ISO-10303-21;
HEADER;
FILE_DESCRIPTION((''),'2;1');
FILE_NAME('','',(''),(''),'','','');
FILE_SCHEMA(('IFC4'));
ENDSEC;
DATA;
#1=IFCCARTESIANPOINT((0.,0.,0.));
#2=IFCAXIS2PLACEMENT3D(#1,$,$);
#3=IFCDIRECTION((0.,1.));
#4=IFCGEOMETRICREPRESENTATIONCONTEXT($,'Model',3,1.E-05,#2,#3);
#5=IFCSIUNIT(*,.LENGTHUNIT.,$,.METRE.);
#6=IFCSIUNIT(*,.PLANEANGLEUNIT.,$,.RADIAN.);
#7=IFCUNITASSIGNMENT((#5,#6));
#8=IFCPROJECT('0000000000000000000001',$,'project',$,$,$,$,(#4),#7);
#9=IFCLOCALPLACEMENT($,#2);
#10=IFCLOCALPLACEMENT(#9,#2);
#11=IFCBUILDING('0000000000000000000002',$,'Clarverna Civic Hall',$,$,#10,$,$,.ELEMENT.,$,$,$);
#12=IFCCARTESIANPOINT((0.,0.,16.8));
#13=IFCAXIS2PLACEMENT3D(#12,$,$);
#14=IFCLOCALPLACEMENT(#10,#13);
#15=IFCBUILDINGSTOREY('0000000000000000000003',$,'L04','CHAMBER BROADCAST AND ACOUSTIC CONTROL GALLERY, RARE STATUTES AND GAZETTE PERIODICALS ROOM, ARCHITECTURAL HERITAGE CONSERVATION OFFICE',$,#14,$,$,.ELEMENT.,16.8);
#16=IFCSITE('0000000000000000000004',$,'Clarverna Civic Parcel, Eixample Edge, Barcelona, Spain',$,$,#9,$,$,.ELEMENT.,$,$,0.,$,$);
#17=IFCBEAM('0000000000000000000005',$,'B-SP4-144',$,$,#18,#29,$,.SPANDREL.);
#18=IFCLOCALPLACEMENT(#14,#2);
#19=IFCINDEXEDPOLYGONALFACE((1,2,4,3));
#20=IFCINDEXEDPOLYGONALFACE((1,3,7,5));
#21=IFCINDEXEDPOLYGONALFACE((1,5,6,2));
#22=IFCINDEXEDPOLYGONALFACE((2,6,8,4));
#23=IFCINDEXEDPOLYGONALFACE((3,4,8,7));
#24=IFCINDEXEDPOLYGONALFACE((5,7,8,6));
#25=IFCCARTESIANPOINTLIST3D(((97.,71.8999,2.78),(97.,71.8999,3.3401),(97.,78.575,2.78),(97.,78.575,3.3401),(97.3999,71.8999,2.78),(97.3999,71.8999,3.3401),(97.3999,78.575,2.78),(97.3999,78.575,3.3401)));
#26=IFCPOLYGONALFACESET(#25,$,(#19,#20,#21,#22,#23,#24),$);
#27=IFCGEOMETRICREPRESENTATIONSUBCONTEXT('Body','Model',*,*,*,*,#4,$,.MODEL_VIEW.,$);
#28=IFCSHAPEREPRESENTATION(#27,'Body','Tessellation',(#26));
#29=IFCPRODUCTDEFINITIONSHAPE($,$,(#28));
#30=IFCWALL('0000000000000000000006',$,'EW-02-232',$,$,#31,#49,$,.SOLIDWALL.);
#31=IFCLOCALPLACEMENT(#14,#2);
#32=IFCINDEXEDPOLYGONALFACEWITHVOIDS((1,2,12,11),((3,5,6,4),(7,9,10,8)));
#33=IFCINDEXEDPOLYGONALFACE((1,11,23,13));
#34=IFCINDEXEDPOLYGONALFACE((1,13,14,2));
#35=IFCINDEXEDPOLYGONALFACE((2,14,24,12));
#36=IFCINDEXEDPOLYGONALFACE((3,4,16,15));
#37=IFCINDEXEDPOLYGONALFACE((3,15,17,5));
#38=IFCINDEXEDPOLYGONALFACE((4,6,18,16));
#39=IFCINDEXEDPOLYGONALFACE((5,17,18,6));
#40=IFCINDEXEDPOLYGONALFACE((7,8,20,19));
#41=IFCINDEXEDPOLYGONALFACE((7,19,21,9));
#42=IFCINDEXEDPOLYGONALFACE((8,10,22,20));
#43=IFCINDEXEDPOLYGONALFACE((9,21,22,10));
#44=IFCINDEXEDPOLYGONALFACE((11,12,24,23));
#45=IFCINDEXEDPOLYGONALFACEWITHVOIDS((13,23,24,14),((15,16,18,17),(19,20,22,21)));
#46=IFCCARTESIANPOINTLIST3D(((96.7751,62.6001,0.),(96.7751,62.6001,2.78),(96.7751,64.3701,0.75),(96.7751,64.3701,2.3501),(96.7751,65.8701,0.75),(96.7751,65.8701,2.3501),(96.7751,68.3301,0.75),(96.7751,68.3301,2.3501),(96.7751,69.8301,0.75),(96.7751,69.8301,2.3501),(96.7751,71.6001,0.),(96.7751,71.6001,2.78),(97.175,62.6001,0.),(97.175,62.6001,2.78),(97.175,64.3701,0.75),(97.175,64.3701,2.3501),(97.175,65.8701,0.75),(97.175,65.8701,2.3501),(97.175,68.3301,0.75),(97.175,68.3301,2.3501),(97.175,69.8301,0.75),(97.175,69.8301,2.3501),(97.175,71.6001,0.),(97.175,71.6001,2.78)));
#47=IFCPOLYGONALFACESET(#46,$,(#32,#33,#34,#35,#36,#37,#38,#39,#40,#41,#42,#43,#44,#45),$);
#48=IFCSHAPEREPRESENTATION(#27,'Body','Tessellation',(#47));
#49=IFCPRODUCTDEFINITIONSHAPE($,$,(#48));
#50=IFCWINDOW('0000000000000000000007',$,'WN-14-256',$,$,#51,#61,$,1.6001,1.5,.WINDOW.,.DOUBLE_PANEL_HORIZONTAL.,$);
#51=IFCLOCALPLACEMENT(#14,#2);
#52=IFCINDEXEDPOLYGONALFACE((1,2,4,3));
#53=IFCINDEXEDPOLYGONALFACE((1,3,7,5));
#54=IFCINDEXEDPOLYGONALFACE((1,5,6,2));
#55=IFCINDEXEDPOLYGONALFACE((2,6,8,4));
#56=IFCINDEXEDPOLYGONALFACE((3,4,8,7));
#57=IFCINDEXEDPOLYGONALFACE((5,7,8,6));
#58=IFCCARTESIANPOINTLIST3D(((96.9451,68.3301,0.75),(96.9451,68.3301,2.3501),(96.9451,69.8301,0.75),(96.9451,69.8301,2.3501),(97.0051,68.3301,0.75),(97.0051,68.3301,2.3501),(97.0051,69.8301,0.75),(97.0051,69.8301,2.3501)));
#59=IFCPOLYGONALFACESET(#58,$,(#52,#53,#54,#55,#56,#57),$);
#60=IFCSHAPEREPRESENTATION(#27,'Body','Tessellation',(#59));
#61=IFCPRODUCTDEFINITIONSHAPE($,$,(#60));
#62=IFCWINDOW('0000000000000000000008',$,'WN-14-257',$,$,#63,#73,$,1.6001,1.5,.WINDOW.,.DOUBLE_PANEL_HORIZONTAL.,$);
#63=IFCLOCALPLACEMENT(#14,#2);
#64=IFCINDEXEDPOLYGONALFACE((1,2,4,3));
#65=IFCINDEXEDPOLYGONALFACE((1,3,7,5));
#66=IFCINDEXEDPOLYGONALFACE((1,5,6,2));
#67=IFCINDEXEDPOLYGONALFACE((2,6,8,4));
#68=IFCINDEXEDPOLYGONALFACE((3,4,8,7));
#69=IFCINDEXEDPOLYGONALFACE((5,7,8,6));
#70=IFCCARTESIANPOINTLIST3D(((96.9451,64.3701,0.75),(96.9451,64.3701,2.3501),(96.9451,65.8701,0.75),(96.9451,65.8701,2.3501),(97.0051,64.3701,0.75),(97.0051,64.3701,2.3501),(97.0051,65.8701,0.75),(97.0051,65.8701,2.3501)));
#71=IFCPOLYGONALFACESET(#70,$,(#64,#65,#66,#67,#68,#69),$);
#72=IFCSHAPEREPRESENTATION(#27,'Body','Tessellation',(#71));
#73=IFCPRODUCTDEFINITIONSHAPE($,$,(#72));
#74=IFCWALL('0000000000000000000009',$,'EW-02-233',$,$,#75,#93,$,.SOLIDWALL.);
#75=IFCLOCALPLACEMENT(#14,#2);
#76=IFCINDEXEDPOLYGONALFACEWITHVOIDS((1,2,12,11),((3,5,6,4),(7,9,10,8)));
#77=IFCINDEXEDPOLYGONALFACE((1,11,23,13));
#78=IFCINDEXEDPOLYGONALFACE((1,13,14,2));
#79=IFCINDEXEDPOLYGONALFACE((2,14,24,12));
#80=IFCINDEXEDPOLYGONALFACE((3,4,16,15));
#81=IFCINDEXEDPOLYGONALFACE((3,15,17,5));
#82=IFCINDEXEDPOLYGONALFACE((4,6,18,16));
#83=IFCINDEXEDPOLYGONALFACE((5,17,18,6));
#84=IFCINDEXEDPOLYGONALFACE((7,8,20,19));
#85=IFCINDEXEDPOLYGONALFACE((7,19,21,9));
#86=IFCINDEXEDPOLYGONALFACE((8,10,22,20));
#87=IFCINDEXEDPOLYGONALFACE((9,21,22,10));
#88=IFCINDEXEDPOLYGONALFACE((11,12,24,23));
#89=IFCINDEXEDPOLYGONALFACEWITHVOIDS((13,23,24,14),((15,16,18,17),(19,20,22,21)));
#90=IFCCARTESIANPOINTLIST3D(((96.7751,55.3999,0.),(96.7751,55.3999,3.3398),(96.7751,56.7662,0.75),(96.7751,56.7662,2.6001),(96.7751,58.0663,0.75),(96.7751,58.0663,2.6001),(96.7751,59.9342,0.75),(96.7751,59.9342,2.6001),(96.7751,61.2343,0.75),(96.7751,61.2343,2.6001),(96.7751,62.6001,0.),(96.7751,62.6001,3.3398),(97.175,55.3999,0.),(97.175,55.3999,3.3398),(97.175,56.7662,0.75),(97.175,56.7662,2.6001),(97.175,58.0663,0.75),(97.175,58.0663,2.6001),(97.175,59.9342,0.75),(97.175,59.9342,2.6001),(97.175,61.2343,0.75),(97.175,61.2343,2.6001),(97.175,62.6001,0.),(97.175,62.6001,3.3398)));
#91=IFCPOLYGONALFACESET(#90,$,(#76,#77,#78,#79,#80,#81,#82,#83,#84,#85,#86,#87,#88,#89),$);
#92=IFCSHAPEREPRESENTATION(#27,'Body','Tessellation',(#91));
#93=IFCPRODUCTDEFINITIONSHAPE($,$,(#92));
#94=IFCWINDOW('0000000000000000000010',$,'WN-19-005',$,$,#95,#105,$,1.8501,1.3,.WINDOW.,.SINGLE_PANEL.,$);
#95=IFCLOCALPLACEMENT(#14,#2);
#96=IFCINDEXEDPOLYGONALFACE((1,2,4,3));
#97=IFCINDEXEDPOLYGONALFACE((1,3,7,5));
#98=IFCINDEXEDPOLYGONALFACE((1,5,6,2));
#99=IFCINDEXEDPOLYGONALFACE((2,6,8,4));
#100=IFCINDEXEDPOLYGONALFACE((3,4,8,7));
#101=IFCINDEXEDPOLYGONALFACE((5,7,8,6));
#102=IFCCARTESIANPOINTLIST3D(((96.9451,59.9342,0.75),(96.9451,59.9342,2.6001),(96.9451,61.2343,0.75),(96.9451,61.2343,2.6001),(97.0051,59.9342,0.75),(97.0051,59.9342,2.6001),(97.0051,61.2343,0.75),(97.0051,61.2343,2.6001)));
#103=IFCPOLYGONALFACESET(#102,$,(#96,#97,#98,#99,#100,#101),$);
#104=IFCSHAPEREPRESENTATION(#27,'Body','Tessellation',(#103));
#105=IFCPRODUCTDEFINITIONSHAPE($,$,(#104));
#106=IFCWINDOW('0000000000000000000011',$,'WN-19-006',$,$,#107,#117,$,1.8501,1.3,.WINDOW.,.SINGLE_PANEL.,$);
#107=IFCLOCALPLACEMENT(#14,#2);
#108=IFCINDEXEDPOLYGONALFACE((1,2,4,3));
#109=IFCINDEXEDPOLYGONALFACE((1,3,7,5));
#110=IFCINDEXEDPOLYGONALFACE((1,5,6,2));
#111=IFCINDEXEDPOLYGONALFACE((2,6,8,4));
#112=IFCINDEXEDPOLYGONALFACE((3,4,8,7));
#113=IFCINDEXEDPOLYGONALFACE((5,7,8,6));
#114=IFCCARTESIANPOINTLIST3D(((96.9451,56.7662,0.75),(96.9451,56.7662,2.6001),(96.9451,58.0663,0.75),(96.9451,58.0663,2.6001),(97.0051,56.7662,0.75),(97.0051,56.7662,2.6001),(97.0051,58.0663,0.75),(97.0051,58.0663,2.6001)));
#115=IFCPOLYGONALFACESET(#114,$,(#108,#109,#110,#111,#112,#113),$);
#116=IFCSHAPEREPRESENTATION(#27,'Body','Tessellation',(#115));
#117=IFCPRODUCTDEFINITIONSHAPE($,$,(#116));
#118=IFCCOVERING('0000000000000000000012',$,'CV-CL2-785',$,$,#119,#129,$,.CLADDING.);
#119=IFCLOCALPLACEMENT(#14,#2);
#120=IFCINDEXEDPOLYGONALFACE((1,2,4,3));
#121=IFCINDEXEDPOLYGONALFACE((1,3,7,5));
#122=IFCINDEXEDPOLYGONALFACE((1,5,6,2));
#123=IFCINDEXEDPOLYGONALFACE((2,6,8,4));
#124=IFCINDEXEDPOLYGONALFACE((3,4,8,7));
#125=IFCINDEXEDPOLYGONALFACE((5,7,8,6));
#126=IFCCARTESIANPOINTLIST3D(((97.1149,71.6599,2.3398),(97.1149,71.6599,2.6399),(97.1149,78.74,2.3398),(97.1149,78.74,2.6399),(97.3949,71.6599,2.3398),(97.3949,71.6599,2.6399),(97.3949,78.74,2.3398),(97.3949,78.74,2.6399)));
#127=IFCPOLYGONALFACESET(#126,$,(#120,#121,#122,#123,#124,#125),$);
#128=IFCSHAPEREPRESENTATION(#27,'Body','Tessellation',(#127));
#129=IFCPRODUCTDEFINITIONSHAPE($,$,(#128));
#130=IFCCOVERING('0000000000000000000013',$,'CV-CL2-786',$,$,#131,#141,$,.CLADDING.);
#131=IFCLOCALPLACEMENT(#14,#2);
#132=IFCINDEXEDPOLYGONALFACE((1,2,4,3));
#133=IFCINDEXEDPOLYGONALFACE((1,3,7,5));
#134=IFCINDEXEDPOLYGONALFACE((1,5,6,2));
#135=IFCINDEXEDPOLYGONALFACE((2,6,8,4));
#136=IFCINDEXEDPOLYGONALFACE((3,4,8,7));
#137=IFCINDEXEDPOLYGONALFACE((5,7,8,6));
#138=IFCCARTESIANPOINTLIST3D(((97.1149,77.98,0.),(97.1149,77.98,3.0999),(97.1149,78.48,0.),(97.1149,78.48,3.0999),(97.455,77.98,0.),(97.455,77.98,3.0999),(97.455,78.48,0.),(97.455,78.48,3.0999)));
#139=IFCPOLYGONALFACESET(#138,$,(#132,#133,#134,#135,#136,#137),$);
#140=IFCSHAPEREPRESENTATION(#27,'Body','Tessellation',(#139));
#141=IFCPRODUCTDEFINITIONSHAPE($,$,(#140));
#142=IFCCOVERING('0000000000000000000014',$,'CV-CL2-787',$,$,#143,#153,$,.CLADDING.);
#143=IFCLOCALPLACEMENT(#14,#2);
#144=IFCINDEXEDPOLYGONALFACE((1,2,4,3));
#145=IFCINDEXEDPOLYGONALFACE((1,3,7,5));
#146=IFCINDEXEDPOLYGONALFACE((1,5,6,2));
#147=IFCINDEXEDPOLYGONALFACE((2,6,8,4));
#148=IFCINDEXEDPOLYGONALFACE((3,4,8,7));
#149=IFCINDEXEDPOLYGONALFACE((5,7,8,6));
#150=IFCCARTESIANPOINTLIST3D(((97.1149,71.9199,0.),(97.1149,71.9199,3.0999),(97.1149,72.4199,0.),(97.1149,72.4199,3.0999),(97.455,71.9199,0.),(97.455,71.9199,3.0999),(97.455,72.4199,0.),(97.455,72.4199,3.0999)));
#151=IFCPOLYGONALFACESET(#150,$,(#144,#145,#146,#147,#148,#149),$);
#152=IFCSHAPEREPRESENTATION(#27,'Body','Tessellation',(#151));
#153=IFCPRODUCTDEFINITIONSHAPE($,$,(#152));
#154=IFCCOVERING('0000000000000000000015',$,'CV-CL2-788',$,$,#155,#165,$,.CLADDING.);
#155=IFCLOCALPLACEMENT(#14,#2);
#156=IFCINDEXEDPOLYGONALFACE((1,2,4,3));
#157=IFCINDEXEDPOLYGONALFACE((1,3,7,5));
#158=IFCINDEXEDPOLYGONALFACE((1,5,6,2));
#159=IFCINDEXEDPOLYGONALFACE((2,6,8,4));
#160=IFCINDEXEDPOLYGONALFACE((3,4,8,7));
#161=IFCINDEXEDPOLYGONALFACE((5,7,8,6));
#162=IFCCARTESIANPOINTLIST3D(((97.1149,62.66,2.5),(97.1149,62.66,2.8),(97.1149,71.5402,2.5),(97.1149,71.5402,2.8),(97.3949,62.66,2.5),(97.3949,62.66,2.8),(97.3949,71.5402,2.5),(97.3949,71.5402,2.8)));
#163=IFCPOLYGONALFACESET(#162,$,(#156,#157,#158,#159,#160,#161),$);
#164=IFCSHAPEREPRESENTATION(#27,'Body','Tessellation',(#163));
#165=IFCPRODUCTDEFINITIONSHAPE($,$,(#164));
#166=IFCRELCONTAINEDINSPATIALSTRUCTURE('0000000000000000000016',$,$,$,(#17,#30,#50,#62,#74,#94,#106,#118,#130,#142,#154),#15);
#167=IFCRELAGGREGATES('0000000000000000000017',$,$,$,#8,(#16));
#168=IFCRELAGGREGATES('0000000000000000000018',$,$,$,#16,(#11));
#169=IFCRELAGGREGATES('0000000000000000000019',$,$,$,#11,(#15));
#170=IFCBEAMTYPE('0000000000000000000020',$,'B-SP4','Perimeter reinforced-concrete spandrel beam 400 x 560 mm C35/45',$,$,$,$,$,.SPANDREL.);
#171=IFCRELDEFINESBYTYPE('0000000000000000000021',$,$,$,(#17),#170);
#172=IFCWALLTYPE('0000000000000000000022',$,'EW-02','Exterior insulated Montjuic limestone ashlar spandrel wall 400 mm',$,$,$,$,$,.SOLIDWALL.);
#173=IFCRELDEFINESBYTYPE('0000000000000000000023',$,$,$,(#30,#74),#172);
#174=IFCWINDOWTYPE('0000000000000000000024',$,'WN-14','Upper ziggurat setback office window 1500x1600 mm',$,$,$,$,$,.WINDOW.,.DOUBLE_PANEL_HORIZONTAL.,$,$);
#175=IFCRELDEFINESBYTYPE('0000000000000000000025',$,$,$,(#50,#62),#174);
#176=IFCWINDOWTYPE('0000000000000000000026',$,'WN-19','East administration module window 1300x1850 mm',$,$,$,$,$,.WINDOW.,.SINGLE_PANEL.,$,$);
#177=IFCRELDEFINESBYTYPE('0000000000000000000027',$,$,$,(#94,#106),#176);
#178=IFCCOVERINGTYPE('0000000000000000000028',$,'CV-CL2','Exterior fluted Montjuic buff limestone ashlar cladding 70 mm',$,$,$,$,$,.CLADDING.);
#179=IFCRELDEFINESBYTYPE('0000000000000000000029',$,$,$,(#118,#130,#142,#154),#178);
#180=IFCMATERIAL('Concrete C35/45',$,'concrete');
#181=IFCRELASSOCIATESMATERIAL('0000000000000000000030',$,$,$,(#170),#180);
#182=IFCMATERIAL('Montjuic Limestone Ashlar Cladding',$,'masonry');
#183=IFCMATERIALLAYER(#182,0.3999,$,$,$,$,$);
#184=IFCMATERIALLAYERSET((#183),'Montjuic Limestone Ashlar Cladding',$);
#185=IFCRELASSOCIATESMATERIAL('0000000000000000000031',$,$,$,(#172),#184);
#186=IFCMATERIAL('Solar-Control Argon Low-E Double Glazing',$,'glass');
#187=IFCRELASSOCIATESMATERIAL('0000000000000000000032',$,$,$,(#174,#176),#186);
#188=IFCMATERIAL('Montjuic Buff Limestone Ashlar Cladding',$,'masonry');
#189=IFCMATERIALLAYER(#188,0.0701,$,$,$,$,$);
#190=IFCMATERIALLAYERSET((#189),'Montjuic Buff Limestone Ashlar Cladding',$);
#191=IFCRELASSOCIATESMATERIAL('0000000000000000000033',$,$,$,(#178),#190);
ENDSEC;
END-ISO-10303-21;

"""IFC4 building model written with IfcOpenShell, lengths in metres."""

from ifc_helpers import new_model, si_unit, direction, frame, frame_2d, origin, origin_2d, place, context, subcontext, project, spatial, rectangle, extrude, material, layer, layer_set, material_profile, profile_set, type_object, element, fill, save


model = new_model("IFC4")

# Units and contexts
model_context = context("Model", 3, precision=1e-05, world=origin(), true_north=direction((0.0, 1.0)))
body_context = subcontext(model_context, "Body", "Model", "MODEL_VIEW")
ifc_project = project(units=[si_unit("LENGTHUNIT", "METRE"), si_unit("PLANEANGLEUNIT", "RADIAN")], contexts=[model_context])

# Site, building, storey
site_placement = place(None, origin())
site = spatial("IfcSite", under=ifc_project, at=site_placement, Name="Clarverna Civic Parcel, Eixample Edge, Barcelona, Spain", CompositionType="ELEMENT", RefElevation=0.0)
building_placement = place(site_placement, origin())
building = spatial("IfcBuilding", under=site, at=building_placement, Name="Clarverna Civic Hall", CompositionType="ELEMENT")
storey_placement = place(building_placement, frame((0.0, 0.0, 16.8)))
storey = spatial("IfcBuildingStorey", under=building, at=storey_placement, Name="L04", Description="CHAMBER BROADCAST AND ACOUSTIC CONTROL GALLERY, RARE STATUTES AND GAZETTE PERIODICALS ROOM, ARCHITECTURAL HERITAGE CONSERVATION OFFICE", CompositionType="ELEMENT", Elevation=16.8)

# Shared definitions
ifc_material_1 = material(Name="Concrete C35/45", Category="concrete")

# Beam
ifc_material_profile_1 = material_profile(ifc_material_1, rectangle(XDim=0.3999, YDim=0.5601, at=origin_2d()), Name="RC 400x560")
ifc_profile_set_1 = profile_set([ifc_material_profile_1], Name="Concrete C35/45")
beam_type_1 = type_object("IfcBeamType", Name="B-SP4", Description="Perimeter reinforced-concrete spandrel beam 400 x 560 mm C35/45", PredefinedType="SPANDREL", material=ifc_profile_set_1)
beam_1_placement = place(storey_placement, frame((97.2, 71.8999, 3.0601), z_axis=(0.0, 1.0, 0.0), x_axis=(-1.0, 0.0, 0.0)))
element("IfcBeam", 1, at=beam_1_placement, inside=storey, type_object=beam_type_1, Name="B-SP4-144", PredefinedType="SPANDREL", context=body_context, shape_type="SweptSolid", body=[
    extrude(rectangle(XDim=0.3999, YDim=0.5601, at=origin_2d()), origin(), (0.0, 0.0, 1.0), 6.675),
])

# Walls, openings, windows
ifc_material_2 = material(Name="Montjuic Limestone Ashlar Cladding", Category="masonry")
ifc_layer_1 = layer(ifc_material_2, 0.3999)
ifc_layer_set_1 = layer_set([ifc_layer_1], Name="Montjuic Limestone Ashlar Cladding")
wall_type = type_object("IfcWallType", Name="EW-02", Description="Exterior insulated Montjuic limestone ashlar spandrel wall 400 mm", PredefinedType="SOLIDWALL", material=ifc_layer_set_1)
wall_1_placement = place(storey_placement, frame((96.9751, 71.6001, 0.0), z_axis=(0.0, 0.0, 1.0), x_axis=(0.0, -1.0, 0.0)))
wall_1 = element("IfcWall", 2, at=wall_1_placement, inside=storey, type_object=wall_type, Name="EW-02-232", PredefinedType="SOLIDWALL", context=body_context, shape_type="SweptSolid", body=[
    extrude(rectangle(XDim=9.0, YDim=0.3999, at=frame_2d((4.5, 0.0))), origin(), (0.0, 0.0, 1.0), 2.78),
])
opening_1_placement = place(wall_1_placement, frame((1.77, 0.0, 0.75)))
opening_1 = element("IfcOpeningElement", 3, at=opening_1_placement, cuts=wall_1, PredefinedType="OPENING", context=body_context, shape_type="SweptSolid", body=[
    extrude(rectangle(XDim=1.5, YDim=1.6001, at=frame_2d((0.75, 0.8))), frame((0.0, 0.21, 0.0), z_axis=(0.0, -1.0, 0.0), x_axis=(1.0, 0.0, 0.0)), (0.0, 0.0, 1.0), 0.4199),
])
opening_2_placement = place(wall_1_placement, frame((5.73, 0.0, 0.75)))
opening_2 = element("IfcOpeningElement", 4, at=opening_2_placement, cuts=wall_1, PredefinedType="OPENING", context=body_context, shape_type="SweptSolid", body=[
    extrude(rectangle(XDim=1.5, YDim=1.6001, at=frame_2d((0.75, 0.8))), frame((0.0, 0.21, 0.0), z_axis=(0.0, -1.0, 0.0), x_axis=(1.0, 0.0, 0.0)), (0.0, 0.0, 1.0), 0.4199),
])
ifc_material_3 = material(Name="Solar-Control Argon Low-E Double Glazing", Category="glass")
window_type_1 = type_object("IfcWindowType", Name="WN-14", Description="Upper ziggurat setback office window 1500x1600 mm", PartitioningType="DOUBLE_PANEL_HORIZONTAL", PredefinedType="WINDOW", material=ifc_material_3)
window_1_placement = place(opening_1_placement, origin())
window_1 = element("IfcWindow", 5, at=window_1_placement, inside=storey, type_object=window_type_1, Name="WN-14-256", OverallHeight=1.6001, OverallWidth=1.5, PartitioningType="DOUBLE_PANEL_HORIZONTAL", PredefinedType="WINDOW", context=body_context, shape_type="SweptSolid", body=[
    extrude(rectangle(XDim=1.5, YDim=1.6001, at=frame_2d((0.75, 0.8))), frame((0.0, 0.03, 0.0), z_axis=(0.0, -1.0, 0.0), x_axis=(1.0, 0.0, 0.0)), (0.0, 0.0, 1.0), 0.0601),
])
fill(opening_1, window_1)
window_2_placement = place(opening_2_placement, origin())
window_2 = element("IfcWindow", 6, at=window_2_placement, inside=storey, type_object=window_type_1, Name="WN-14-257", OverallHeight=1.6001, OverallWidth=1.5, PartitioningType="DOUBLE_PANEL_HORIZONTAL", PredefinedType="WINDOW", context=body_context, shape_type="SweptSolid", body=[
    extrude(rectangle(XDim=1.5, YDim=1.6001, at=frame_2d((0.75, 0.8))), frame((0.0, 0.03, 0.0), z_axis=(0.0, -1.0, 0.0), x_axis=(1.0, 0.0, 0.0)), (0.0, 0.0, 1.0), 0.0601),
])
fill(opening_2, window_2)
wall_2_placement = place(storey_placement, frame((96.9751, 62.6001, 0.0), z_axis=(0.0, 0.0, 1.0), x_axis=(0.0, -1.0, 0.0)))
wall_2 = element("IfcWall", 7, at=wall_2_placement, inside=storey, type_object=wall_type, Name="EW-02-233", PredefinedType="SOLIDWALL", context=body_context, shape_type="SweptSolid", body=[
    extrude(rectangle(XDim=7.2002, YDim=0.3999, at=frame_2d((3.6001, 0.0))), origin(), (0.0, 0.0, 1.0), 3.3398),
])
opening_3_placement = place(wall_2_placement, frame((1.366, 0.0, 0.75)))
opening_3 = element("IfcOpeningElement", 8, at=opening_3_placement, cuts=wall_2, PredefinedType="OPENING", context=body_context, shape_type="SweptSolid", body=[
    extrude(rectangle(XDim=1.3, YDim=1.8501, at=frame_2d((0.6499, 0.925))), frame((0.0, 0.21, 0.0), z_axis=(0.0, -1.0, 0.0), x_axis=(1.0, 0.0, 0.0)), (0.0, 0.0, 1.0), 0.4199),
])
opening_4_placement = place(wall_2_placement, frame((4.5339, 0.0, 0.75)))
opening_4 = element("IfcOpeningElement", 9, at=opening_4_placement, cuts=wall_2, PredefinedType="OPENING", context=body_context, shape_type="SweptSolid", body=[
    extrude(rectangle(XDim=1.3, YDim=1.8501, at=frame_2d((0.6499, 0.925))), frame((0.0, 0.21, 0.0), z_axis=(0.0, -1.0, 0.0), x_axis=(1.0, 0.0, 0.0)), (0.0, 0.0, 1.0), 0.4199),
])
window_type_2 = type_object("IfcWindowType", Name="WN-19", Description="East administration module window 1300x1850 mm", PartitioningType="SINGLE_PANEL", PredefinedType="WINDOW", material=ifc_material_3)
window_3_placement = place(opening_3_placement, origin())
window_3 = element("IfcWindow", 10, at=window_3_placement, inside=storey, type_object=window_type_2, Name="WN-19-005", OverallHeight=1.8501, OverallWidth=1.3, PartitioningType="SINGLE_PANEL", PredefinedType="WINDOW", context=body_context, shape_type="SweptSolid", body=[
    extrude(rectangle(XDim=1.3, YDim=1.8501, at=frame_2d((0.6499, 0.925))), frame((0.0, 0.03, 0.0), z_axis=(0.0, -1.0, 0.0), x_axis=(1.0, 0.0, 0.0)), (0.0, 0.0, 1.0), 0.0601),
])
fill(opening_3, window_3)
window_4_placement = place(opening_4_placement, origin())
window_4 = element("IfcWindow", 11, at=window_4_placement, inside=storey, type_object=window_type_2, Name="WN-19-006", OverallHeight=1.8501, OverallWidth=1.3, PartitioningType="SINGLE_PANEL", PredefinedType="WINDOW", context=body_context, shape_type="SweptSolid", body=[
    extrude(rectangle(XDim=1.3, YDim=1.8501, at=frame_2d((0.6499, 0.925))), frame((0.0, 0.03, 0.0), z_axis=(0.0, -1.0, 0.0), x_axis=(1.0, 0.0, 0.0)), (0.0, 0.0, 1.0), 0.0601),
])
fill(opening_4, window_4)

# Coverings
ifc_material_4 = material(Name="Montjuic Buff Limestone Ashlar Cladding", Category="masonry")
ifc_layer_2 = layer(ifc_material_4, 0.0701)
ifc_layer_set_2 = layer_set([ifc_layer_2], Name="Montjuic Buff Limestone Ashlar Cladding")
covering_type = type_object("IfcCoveringType", Name="CV-CL2", Description="Exterior fluted Montjuic buff limestone ashlar cladding 70 mm", PredefinedType="CLADDING", material=ifc_layer_set_2)
covering_1_placement = place(storey_placement, frame((97.2549, 78.74, 2.3398), z_axis=(0.0, 0.0, 1.0), x_axis=(0.0, -1.0, 0.0)))
element("IfcCovering", 12, at=covering_1_placement, inside=storey, type_object=covering_type, Name="CV-CL2-785", PredefinedType="CLADDING", context=body_context, shape_type="SweptSolid", body=[
    extrude(rectangle(XDim=7.0801, YDim=0.28, at=frame_2d((3.54, 0.0))), origin(), (0.0, 0.0, 1.0), 0.3),
])
for number, where, z_axis, x_axis, name in (
    (13, (97.2849, 78.48, 0.0), (0.0, 0.0, 1.0), (0.0, -1.0, 0.0), "CV-CL2-786"),
    (14, (97.2849, 72.4199, 0.0), (0.0, 0.0, 1.0), (0.0, -1.0, 0.0), "CV-CL2-787"),
):
    element("IfcCovering", number, at=place(storey_placement, frame(where, z_axis=z_axis, x_axis=x_axis)), inside=storey, type_object=covering_type, Name=name, PredefinedType="CLADDING", context=body_context, shape_type="SweptSolid", body=[
        extrude(rectangle(XDim=0.5, YDim=0.3401, at=frame_2d((0.25, 0.0))), origin(), (0.0, 0.0, 1.0), 3.0999),
    ])
covering_2_placement = place(storey_placement, frame((97.2549, 71.54, 2.5), z_axis=(0.0, 0.0, 1.0), x_axis=(0.0, -1.0, 0.0)))
element("IfcCovering", 15, at=covering_2_placement, inside=storey, type_object=covering_type, Name="CV-CL2-788", PredefinedType="CLADDING", context=body_context, shape_type="SweptSolid", body=[
    extrude(rectangle(XDim=8.8801, YDim=0.28, at=frame_2d((4.4399, 0.0))), origin(), (0.0, 0.0, 1.0), 0.3),
])

save(model, "model.ifc")
